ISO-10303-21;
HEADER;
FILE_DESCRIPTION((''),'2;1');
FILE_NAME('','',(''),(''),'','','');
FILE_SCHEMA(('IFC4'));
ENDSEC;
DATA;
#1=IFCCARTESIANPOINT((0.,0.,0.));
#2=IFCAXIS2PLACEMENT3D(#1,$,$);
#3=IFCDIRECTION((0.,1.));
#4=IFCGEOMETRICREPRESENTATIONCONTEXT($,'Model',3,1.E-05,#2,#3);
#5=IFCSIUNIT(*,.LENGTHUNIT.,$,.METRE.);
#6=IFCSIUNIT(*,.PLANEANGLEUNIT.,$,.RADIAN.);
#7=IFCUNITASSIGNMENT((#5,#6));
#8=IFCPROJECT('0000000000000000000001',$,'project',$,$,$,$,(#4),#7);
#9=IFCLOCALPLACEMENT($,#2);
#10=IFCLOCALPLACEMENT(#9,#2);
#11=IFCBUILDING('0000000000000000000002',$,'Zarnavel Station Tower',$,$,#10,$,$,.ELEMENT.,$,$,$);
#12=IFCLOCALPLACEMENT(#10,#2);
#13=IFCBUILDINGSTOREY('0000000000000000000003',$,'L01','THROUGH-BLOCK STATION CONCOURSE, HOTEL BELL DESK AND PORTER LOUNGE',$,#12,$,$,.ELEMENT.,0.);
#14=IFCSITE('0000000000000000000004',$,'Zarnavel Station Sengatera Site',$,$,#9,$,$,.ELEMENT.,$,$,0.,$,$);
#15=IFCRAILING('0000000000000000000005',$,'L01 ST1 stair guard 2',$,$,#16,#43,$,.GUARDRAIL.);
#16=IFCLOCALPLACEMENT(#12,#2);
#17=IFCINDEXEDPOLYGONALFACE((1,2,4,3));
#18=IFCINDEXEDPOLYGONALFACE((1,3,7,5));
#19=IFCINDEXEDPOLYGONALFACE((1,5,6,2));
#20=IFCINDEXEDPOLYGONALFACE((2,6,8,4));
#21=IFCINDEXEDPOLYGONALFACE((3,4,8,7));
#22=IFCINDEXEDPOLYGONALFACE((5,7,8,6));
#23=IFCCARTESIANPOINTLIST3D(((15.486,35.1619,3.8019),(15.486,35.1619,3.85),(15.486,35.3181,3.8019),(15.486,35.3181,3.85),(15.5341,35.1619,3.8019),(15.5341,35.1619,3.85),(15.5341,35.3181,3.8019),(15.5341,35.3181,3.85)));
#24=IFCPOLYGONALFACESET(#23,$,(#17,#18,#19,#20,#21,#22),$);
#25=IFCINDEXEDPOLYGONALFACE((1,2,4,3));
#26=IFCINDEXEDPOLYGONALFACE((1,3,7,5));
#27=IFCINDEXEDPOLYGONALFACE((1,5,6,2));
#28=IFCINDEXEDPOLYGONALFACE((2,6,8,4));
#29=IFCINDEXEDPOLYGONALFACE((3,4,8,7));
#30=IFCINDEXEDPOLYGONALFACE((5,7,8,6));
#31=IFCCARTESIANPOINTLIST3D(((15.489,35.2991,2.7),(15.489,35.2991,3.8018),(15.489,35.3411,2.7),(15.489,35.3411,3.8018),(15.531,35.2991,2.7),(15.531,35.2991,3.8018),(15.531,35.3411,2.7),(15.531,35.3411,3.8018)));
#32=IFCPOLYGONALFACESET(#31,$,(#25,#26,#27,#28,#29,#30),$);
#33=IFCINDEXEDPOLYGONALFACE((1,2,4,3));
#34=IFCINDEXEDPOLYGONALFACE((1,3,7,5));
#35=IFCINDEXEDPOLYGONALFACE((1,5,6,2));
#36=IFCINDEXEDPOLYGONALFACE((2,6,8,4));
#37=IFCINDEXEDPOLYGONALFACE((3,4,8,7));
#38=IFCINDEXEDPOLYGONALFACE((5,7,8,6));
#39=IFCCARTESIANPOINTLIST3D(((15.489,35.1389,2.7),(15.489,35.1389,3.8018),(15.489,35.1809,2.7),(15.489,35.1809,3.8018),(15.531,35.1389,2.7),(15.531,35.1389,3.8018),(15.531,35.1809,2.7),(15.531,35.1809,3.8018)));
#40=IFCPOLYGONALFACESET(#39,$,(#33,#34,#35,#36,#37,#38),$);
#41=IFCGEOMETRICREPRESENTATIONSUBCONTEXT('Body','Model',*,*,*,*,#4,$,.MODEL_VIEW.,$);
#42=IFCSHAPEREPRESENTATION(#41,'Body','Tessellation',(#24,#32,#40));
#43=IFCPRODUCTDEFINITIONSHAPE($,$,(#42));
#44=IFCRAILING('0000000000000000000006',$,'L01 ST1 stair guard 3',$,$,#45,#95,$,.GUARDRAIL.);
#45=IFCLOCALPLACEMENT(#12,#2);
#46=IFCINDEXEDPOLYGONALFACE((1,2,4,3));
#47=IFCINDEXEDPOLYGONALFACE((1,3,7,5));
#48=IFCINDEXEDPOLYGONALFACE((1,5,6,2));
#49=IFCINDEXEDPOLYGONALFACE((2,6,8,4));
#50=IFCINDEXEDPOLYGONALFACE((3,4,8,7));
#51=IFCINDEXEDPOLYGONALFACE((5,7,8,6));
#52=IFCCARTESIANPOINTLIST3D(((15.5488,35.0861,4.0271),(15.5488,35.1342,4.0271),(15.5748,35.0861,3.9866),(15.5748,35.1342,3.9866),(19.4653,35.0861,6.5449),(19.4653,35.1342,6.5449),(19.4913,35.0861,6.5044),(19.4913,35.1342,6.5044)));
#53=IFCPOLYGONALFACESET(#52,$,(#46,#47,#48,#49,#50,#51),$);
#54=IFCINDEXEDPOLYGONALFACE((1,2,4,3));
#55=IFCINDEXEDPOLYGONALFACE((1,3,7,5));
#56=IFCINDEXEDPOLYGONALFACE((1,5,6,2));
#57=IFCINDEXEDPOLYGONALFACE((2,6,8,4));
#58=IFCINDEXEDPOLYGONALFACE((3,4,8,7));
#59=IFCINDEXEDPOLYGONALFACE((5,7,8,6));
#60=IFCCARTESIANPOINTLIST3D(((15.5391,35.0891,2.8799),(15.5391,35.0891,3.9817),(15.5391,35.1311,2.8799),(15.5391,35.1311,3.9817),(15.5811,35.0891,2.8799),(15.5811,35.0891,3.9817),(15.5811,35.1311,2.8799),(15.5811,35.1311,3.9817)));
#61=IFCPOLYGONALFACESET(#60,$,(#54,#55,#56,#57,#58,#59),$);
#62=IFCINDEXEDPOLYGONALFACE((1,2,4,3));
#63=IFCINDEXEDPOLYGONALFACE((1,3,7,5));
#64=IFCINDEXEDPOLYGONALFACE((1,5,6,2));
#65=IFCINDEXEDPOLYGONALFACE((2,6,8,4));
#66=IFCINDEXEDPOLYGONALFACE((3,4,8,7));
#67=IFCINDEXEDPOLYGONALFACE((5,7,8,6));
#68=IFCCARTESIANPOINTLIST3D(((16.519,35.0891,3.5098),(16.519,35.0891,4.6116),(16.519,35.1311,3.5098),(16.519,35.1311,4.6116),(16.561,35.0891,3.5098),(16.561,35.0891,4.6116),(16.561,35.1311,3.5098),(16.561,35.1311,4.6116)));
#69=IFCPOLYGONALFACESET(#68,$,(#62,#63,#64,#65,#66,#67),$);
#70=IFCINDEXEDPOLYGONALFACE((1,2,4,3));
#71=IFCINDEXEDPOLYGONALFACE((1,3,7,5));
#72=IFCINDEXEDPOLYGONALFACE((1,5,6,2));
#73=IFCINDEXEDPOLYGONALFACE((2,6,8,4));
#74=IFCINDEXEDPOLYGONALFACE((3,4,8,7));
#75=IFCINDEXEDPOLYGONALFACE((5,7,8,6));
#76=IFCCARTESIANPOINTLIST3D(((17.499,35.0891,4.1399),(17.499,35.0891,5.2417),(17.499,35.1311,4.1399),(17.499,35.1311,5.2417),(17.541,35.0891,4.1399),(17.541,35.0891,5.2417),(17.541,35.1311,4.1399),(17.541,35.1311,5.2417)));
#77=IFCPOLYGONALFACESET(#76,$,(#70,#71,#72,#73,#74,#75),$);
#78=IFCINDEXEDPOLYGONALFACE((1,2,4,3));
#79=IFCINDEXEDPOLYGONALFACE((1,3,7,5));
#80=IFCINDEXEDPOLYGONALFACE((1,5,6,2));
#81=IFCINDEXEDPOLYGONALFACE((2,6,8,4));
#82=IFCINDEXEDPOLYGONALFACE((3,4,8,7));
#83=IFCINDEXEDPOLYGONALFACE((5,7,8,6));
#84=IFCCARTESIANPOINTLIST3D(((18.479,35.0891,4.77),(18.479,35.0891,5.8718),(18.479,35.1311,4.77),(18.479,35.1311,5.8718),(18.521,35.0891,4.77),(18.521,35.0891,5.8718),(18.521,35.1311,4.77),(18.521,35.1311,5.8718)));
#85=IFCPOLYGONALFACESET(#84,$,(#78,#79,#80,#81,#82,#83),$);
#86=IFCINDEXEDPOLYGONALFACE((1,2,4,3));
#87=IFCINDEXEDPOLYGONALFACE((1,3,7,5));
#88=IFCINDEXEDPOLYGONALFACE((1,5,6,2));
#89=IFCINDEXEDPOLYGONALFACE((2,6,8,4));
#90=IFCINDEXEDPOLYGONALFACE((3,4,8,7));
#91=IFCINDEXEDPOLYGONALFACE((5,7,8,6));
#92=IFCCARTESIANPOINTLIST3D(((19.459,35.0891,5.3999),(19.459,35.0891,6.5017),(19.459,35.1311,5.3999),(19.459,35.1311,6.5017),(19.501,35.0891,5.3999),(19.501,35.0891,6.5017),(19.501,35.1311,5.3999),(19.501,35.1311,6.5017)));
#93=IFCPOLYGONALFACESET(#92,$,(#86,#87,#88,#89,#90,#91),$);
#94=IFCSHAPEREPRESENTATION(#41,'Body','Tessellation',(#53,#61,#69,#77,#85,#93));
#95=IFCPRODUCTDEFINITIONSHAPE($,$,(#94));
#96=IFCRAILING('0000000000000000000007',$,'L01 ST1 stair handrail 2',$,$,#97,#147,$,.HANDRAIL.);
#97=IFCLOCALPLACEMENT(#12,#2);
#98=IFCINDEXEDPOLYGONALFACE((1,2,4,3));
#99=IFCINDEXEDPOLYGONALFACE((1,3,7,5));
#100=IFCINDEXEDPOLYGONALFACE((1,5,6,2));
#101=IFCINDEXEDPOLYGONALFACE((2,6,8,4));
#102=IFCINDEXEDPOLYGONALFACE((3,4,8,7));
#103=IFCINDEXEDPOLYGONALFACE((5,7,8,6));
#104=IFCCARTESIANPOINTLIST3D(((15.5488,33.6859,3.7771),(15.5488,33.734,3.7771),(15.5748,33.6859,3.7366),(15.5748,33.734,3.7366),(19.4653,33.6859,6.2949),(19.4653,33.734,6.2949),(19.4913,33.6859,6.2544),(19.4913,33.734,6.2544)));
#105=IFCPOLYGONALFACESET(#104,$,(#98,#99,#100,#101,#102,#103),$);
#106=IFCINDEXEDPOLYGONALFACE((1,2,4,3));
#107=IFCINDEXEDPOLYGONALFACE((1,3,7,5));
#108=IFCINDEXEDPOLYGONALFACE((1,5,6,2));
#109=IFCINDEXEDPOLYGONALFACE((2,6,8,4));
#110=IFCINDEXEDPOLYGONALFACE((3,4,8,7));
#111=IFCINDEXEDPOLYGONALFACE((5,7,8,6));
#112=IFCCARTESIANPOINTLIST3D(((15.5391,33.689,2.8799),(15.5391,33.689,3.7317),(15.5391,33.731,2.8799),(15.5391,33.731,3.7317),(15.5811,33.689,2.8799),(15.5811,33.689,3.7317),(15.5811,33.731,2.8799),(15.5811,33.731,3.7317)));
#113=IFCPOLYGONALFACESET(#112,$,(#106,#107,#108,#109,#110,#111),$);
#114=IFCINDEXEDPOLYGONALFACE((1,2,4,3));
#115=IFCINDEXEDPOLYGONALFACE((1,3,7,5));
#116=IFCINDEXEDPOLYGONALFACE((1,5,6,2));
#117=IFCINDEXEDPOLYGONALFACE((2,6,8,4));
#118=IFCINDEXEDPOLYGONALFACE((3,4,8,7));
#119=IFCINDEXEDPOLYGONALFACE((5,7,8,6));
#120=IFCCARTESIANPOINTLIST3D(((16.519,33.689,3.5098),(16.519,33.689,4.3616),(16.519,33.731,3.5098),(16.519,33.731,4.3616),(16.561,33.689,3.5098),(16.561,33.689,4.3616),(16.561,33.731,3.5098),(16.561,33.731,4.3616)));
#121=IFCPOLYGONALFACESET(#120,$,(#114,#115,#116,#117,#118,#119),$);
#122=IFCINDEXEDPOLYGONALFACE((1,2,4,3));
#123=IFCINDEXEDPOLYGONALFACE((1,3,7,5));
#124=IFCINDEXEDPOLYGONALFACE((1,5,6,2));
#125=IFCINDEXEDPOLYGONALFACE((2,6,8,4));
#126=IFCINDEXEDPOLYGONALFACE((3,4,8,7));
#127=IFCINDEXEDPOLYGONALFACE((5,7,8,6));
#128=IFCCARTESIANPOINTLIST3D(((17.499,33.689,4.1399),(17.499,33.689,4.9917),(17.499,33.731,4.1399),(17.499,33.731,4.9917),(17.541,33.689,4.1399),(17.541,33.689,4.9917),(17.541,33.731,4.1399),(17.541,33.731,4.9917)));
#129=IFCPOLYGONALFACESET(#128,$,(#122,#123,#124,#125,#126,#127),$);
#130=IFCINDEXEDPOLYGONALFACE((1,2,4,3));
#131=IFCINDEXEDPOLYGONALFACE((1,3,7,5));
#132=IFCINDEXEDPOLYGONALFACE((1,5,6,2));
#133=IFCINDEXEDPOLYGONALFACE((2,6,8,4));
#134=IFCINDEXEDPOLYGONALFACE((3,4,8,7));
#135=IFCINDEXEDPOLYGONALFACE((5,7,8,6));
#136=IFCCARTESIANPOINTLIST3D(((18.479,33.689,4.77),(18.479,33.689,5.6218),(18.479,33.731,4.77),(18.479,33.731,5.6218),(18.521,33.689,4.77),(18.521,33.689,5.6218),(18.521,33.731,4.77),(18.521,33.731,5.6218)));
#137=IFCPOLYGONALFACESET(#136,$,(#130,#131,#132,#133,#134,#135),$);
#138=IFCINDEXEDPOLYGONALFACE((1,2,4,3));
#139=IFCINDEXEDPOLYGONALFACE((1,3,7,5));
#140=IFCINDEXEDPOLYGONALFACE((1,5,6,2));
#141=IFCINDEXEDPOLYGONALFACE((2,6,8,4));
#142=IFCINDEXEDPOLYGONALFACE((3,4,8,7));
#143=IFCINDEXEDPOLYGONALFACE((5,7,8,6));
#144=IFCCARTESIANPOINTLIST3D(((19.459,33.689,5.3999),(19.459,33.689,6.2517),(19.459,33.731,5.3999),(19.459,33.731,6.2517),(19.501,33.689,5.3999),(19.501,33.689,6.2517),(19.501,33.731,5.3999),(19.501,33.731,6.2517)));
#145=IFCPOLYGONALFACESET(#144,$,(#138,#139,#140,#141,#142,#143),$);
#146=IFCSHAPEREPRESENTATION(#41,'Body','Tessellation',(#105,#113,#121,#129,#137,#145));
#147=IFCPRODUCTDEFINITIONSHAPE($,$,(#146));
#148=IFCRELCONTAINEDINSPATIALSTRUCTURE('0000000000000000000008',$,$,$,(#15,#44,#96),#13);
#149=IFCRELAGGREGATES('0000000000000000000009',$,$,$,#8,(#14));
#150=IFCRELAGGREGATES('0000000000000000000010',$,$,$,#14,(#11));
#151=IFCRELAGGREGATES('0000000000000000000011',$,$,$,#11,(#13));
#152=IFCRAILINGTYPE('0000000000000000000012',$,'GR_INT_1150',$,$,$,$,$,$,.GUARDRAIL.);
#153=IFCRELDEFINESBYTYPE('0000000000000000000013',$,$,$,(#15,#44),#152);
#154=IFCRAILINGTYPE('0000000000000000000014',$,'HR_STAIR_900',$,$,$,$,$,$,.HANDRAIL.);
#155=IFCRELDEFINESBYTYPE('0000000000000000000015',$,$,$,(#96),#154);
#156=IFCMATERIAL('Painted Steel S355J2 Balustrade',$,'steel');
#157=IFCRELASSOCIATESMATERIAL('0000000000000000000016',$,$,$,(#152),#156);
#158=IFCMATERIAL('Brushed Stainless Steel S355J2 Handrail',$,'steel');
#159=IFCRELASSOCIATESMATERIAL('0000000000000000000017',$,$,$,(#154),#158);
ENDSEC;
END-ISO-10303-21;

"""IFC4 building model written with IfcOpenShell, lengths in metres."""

from ifc_helpers import new_model, si_unit, direction, frame, origin, origin_2d, place, context, subcontext, project, spatial, rectangle, extrude, material, type_object, element, save


model = new_model("IFC4")

# Units and contexts
model_context = context("Model", 3, precision=1e-05, world=origin(), true_north=direction((0.0, 1.0)))
body_context = subcontext(model_context, "Body", "Model", "MODEL_VIEW")
ifc_project = project(units=[si_unit("LENGTHUNIT", "METRE"), si_unit("PLANEANGLEUNIT", "RADIAN")], contexts=[model_context])

# Site, building, storey
site_placement = place(None, origin())
site = spatial("IfcSite", under=ifc_project, at=site_placement, Name="Zarnavel Station Sengatera Site", CompositionType="ELEMENT", RefElevation=0.0)
building_placement = place(site_placement, origin())
building = spatial("IfcBuilding", under=site, at=building_placement, Name="Zarnavel Station Tower", CompositionType="ELEMENT")
storey_placement = place(building_placement, origin())
storey = spatial("IfcBuildingStorey", under=building, at=storey_placement, Name="L01", Description="THROUGH-BLOCK STATION CONCOURSE, HOTEL BELL DESK AND PORTER LOUNGE", CompositionType="ELEMENT", Elevation=0.0)

# Railings
ifc_material_1 = material(Name="Painted Steel S355J2 Balustrade", Category="steel")
railing_type_1 = type_object("IfcRailingType", Name="GR_INT_1150", PredefinedType="GUARDRAIL", material=ifc_material_1)
railing_1_placement = place(storey_placement, frame((15.51, 35.3201, 2.7)))
element("IfcRailing", 1, at=railing_1_placement, inside=storey, type_object=railing_type_1, Name="L01 ST1 stair guard 2", PredefinedType="GUARDRAIL", context=body_context, shape_type="SweptSolid", body=[
    extrude(rectangle(XDim=0.0481, YDim=0.0481, at=origin_2d()), frame((0.0, -0.002, 1.126), z_axis=(0.0, -1.0, 0.0), x_axis=(1.0, 0.0, 0.0)), (0.0, 0.0, 1.0), 0.1562),
    extrude(rectangle(XDim=0.042, YDim=0.042, at=origin_2d()), origin(), (0.0, 0.0, 1.0), 1.1018),
    extrude(rectangle(XDim=0.042, YDim=0.042, at=origin_2d()), frame((0.0, -0.1602, 0.0)), (0.0, 0.0, 1.0), 1.1018),
])
railing_2_placement = place(storey_placement, frame((15.5601, 35.1101, 2.8799)))
element("IfcRailing", 2, at=railing_2_placement, inside=storey, type_object=railing_type_1, Name="L01 ST1 stair guard 3", PredefinedType="GUARDRAIL", context=body_context, shape_type="SweptSolid", body=[
    extrude(rectangle(XDim=0.0481, YDim=0.0481, at=origin_2d()), frame((0.0017, 0.0, 1.127), z_axis=(0.841172, 0.0, 0.540768), x_axis=(0.0, 1.0, 0.0)), (0.0, 0.0, 1.0), 4.656),
    extrude(rectangle(XDim=0.042, YDim=0.042, at=origin_2d()), origin(), (0.0, 0.0, 1.0), 1.1018),
    extrude(rectangle(XDim=0.042, YDim=0.042, at=origin_2d()), frame((0.98, 0.0, 0.6299)), (0.0, 0.0, 1.0), 1.1018),
    extrude(rectangle(XDim=0.042, YDim=0.042, at=origin_2d()), frame((1.96, 0.0, 1.26)), (0.0, 0.0, 1.0), 1.1018),
    extrude(rectangle(XDim=0.042, YDim=0.042, at=origin_2d()), frame((2.9399, 0.0, 1.8901)), (0.0, 0.0, 1.0), 1.1018),
    extrude(rectangle(XDim=0.042, YDim=0.042, at=origin_2d()), frame((3.9199, 0.0, 2.52)), (0.0, 0.0, 1.0), 1.1018),
])
ifc_material_2 = material(Name="Brushed Stainless Steel S355J2 Handrail", Category="steel")
railing_type_2 = type_object("IfcRailingType", Name="HR_STAIR_900", PredefinedType="HANDRAIL", material=ifc_material_2)
railing_3_placement = place(storey_placement, frame((15.5601, 33.71, 2.8799)))
element("IfcRailing", 3, at=railing_3_placement, inside=storey, type_object=railing_type_2, Name="L01 ST1 stair handrail 2", PredefinedType="HANDRAIL", context=body_context, shape_type="SweptSolid", body=[
    extrude(rectangle(XDim=0.0481, YDim=0.0481, at=origin_2d()), frame((0.0017, 0.0, 0.877), z_axis=(0.841172, 0.0, 0.540768), x_axis=(0.0, 1.0, 0.0)), (0.0, 0.0, 1.0), 4.656),
    extrude(rectangle(XDim=0.042, YDim=0.042, at=origin_2d()), origin(), (0.0, 0.0, 1.0), 0.8518),
    extrude(rectangle(XDim=0.042, YDim=0.042, at=origin_2d()), frame((0.98, 0.0, 0.6299)), (0.0, 0.0, 1.0), 0.8518),
    extrude(rectangle(XDim=0.042, YDim=0.042, at=origin_2d()), frame((1.96, 0.0, 1.26)), (0.0, 0.0, 1.0), 0.8518),
    extrude(rectangle(XDim=0.042, YDim=0.042, at=origin_2d()), frame((2.9399, 0.0, 1.8901)), (0.0, 0.0, 1.0), 0.8518),
    extrude(rectangle(XDim=0.042, YDim=0.042, at=origin_2d()), frame((3.9199, 0.0, 2.52)), (0.0, 0.0, 1.0), 0.8518),
])

save(model, "model.ifc")
